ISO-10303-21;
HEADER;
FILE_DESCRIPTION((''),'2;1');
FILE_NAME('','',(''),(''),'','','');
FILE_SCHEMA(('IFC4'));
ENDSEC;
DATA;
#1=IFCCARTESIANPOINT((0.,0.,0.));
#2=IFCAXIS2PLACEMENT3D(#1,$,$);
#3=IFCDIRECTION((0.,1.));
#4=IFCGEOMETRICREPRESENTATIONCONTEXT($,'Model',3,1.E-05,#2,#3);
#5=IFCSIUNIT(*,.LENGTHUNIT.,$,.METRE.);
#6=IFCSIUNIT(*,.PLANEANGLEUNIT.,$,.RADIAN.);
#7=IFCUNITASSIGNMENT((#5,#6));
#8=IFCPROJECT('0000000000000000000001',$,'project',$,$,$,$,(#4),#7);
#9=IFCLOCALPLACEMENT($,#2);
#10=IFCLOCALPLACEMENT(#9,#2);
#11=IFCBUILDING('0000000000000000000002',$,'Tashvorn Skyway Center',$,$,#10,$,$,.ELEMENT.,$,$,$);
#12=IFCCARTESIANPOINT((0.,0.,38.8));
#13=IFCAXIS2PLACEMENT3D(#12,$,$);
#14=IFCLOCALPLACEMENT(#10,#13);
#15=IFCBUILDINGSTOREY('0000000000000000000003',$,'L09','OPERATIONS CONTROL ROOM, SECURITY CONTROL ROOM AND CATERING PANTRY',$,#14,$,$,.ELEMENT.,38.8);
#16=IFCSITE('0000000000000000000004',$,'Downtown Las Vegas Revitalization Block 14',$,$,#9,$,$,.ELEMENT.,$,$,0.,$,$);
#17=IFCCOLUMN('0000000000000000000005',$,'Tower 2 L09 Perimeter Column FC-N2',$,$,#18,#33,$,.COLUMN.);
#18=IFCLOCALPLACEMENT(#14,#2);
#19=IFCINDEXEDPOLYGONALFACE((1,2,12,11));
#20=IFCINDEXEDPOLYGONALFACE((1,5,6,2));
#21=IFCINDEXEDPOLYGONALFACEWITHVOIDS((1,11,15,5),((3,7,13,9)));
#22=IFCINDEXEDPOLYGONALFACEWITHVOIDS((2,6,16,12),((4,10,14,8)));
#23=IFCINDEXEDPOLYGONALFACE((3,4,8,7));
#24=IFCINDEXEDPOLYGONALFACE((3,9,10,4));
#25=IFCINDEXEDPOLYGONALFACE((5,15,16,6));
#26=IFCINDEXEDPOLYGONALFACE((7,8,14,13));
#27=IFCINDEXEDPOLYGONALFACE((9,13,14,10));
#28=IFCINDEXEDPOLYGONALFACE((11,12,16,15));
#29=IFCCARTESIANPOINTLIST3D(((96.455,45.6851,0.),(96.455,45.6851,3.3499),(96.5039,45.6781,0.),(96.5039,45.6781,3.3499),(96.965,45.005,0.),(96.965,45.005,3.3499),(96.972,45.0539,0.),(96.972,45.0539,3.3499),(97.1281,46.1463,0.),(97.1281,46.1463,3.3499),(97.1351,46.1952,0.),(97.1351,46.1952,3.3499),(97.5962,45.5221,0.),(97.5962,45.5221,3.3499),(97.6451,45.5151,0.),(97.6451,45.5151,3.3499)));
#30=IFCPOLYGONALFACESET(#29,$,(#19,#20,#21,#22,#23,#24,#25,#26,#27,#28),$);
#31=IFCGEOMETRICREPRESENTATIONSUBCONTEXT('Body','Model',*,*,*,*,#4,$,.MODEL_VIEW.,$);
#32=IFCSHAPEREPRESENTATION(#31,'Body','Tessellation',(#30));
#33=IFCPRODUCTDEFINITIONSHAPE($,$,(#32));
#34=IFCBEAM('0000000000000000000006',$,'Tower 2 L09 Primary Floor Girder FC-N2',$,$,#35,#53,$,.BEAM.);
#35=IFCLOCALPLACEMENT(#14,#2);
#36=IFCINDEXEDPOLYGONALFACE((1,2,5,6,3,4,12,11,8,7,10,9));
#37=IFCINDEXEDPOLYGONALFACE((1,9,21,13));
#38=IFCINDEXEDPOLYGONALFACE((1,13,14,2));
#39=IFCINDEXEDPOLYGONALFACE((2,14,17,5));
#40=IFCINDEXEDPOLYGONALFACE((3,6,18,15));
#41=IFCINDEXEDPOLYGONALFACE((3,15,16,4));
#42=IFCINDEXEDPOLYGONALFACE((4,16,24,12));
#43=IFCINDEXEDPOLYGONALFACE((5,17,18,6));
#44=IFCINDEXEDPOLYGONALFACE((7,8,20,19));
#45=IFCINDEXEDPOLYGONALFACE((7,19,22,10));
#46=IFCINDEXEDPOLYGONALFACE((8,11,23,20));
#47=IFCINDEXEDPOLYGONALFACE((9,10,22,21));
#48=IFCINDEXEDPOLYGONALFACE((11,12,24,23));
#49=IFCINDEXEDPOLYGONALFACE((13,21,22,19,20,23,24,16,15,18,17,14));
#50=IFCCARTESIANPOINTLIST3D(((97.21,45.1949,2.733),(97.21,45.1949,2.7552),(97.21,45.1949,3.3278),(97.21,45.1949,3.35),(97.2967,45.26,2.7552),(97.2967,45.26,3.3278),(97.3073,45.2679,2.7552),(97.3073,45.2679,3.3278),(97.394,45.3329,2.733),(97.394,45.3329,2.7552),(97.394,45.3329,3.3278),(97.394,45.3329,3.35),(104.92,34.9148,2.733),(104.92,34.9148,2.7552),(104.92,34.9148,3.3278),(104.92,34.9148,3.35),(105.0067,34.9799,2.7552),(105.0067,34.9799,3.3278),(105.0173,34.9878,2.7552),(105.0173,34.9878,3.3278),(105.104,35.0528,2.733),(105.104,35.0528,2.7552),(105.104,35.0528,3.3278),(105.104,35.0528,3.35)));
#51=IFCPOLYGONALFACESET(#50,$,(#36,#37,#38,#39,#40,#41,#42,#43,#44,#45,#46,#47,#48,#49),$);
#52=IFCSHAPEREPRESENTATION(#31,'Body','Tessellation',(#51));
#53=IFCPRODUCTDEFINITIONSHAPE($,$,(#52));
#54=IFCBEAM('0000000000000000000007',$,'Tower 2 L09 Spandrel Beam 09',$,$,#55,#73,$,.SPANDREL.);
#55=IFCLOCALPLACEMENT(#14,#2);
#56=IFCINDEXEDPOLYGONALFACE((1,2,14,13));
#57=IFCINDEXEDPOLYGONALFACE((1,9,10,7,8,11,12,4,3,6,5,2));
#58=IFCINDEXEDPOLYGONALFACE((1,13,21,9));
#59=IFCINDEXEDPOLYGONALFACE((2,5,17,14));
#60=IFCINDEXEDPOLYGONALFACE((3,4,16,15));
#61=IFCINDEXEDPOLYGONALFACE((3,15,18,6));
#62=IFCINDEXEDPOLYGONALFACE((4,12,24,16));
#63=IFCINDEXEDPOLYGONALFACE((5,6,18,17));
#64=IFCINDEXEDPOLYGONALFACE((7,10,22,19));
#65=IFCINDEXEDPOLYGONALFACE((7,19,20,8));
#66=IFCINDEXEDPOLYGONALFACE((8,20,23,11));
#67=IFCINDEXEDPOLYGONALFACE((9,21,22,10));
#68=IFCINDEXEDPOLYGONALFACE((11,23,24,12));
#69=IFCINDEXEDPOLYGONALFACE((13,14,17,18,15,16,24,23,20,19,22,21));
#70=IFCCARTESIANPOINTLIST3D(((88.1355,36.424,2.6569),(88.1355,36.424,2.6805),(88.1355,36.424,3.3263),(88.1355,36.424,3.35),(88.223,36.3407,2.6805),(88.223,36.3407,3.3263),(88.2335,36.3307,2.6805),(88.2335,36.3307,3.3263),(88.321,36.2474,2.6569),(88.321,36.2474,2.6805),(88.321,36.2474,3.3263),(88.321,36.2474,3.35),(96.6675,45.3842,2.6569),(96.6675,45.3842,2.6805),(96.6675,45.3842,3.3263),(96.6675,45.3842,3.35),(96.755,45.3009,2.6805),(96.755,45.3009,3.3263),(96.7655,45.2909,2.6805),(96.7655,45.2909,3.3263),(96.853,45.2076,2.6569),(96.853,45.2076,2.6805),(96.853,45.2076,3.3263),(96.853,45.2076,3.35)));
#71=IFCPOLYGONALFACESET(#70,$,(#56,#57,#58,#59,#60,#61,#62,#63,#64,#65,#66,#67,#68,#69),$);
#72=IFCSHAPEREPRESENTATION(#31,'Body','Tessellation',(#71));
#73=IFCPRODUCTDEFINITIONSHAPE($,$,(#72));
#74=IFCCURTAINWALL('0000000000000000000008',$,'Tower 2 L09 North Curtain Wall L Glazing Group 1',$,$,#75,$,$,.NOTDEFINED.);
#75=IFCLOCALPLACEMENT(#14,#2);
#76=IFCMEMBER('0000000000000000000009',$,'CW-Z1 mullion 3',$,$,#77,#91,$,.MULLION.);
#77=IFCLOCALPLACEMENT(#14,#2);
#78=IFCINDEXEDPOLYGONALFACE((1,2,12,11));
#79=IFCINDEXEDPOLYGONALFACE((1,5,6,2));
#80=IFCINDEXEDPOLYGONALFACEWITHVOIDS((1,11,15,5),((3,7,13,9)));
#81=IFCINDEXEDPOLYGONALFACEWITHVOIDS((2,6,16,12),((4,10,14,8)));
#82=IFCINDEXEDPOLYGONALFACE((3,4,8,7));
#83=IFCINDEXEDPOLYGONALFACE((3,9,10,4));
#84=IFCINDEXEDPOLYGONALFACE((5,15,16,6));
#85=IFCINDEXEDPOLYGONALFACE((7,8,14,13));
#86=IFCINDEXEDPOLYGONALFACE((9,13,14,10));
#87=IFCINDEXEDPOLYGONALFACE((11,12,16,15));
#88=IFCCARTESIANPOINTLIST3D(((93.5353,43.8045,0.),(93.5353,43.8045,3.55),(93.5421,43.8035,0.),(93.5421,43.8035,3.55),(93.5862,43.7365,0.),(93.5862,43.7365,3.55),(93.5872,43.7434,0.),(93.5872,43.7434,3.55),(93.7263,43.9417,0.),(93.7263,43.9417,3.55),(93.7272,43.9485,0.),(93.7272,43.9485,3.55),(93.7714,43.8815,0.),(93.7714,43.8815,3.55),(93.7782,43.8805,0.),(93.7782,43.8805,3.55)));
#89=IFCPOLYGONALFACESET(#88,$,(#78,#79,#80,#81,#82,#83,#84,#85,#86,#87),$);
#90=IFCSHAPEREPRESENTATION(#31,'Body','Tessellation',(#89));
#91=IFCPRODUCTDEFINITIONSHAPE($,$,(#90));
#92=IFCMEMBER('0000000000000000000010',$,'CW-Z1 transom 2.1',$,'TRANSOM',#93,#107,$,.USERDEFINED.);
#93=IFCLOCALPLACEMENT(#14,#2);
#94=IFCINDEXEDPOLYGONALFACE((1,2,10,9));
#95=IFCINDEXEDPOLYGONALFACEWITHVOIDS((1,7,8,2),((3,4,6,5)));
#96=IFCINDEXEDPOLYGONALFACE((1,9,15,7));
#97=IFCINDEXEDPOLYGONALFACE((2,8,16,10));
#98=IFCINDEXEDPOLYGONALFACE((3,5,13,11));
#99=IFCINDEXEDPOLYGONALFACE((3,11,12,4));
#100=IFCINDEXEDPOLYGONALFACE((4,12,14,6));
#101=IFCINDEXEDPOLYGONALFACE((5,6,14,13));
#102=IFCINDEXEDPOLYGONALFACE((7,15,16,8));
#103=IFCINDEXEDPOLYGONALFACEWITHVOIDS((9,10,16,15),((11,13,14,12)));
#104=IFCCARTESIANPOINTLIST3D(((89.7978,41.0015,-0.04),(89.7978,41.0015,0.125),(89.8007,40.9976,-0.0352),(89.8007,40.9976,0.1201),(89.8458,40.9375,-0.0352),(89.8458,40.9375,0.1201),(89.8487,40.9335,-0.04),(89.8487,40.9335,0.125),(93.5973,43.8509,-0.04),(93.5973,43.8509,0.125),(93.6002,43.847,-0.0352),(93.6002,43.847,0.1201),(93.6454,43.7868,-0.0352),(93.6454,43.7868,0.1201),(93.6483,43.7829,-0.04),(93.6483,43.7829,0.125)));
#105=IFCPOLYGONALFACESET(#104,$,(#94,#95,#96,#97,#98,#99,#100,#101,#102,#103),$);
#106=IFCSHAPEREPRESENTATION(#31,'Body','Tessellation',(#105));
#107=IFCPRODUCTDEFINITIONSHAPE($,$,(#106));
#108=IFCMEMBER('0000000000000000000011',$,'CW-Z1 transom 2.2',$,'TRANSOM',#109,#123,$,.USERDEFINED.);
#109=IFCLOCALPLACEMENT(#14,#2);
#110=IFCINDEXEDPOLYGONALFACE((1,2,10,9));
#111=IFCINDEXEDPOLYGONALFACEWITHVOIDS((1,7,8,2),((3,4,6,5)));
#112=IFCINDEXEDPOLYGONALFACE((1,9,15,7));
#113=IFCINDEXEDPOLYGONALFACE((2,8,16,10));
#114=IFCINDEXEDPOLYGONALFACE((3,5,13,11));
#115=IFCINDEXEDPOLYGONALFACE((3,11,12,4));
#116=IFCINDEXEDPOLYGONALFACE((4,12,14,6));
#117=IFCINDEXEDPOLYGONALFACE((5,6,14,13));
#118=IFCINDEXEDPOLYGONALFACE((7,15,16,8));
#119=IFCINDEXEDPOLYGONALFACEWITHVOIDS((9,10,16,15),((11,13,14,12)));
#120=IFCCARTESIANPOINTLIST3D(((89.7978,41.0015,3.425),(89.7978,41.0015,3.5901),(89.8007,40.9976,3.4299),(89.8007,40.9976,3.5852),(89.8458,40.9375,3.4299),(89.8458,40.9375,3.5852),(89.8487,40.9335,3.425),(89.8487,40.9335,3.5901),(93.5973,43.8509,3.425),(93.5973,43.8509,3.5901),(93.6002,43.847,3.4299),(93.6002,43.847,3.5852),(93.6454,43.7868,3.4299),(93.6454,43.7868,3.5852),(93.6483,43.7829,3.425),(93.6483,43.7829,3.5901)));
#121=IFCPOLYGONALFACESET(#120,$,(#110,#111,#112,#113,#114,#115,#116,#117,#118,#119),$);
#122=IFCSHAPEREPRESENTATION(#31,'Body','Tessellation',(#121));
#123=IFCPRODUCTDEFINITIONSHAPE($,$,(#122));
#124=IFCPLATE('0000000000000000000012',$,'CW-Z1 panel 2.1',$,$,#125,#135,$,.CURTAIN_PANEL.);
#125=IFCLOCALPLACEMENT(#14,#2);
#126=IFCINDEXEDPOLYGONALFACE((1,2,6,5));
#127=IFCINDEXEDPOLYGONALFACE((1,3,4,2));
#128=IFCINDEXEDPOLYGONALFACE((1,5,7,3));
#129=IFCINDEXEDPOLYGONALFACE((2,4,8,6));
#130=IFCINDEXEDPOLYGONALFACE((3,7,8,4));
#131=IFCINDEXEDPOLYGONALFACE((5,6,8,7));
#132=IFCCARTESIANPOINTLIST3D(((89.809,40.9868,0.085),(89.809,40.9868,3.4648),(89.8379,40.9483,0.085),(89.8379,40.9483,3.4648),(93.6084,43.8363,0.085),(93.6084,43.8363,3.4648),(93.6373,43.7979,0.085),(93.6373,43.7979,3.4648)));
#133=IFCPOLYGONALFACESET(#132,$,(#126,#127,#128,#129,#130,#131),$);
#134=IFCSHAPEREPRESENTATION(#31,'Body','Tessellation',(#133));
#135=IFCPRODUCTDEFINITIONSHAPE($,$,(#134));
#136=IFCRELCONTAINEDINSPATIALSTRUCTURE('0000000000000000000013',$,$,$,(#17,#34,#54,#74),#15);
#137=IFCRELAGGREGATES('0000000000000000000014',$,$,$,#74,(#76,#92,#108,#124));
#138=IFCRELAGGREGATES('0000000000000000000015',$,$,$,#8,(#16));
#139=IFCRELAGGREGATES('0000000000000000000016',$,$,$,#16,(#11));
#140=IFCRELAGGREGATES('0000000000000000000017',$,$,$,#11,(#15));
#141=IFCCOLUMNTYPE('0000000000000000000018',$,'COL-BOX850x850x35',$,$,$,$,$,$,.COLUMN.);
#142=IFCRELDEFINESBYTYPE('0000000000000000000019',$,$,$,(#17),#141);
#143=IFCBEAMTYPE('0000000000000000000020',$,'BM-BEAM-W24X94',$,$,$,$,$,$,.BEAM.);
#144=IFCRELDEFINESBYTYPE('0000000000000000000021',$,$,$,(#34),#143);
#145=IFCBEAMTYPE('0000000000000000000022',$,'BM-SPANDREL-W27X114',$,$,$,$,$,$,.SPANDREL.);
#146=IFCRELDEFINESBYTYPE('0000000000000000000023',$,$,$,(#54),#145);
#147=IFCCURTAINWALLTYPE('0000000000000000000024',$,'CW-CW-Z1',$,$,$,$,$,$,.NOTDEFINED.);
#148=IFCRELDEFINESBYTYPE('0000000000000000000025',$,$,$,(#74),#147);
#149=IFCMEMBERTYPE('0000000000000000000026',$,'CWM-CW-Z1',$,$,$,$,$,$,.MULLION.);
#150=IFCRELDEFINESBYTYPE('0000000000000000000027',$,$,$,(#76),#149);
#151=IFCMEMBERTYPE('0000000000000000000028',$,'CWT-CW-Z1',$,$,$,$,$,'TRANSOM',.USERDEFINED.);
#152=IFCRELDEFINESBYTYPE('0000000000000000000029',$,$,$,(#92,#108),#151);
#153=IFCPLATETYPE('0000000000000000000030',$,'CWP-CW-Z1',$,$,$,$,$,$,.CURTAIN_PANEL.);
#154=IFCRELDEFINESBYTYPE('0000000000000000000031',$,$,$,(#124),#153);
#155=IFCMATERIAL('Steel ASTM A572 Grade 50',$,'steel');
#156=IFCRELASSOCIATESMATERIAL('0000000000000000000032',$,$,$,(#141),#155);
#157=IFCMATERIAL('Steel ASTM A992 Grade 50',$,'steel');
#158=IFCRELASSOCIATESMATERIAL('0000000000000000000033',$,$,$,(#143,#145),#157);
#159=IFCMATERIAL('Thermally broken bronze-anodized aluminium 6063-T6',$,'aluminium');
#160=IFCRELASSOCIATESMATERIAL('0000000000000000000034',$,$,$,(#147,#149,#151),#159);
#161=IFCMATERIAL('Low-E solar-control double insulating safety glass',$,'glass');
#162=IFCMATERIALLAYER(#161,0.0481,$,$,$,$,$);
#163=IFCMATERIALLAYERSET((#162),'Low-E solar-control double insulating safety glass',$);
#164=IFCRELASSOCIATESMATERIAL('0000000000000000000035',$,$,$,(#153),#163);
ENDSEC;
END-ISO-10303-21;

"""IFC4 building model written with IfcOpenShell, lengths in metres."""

from ifc_helpers import new_model, si_unit, direction, frame, origin, origin_2d, place, context, subcontext, project, spatial, rectangle, hollow_rectangle, i_section, extrude, material, layer, layer_set, material_profile, profile_set, type_object, element, aggregate, save


model = new_model("IFC4")

# Units and contexts
model_context = context("Model", 3, precision=1e-05, world=origin(), true_north=direction((0.0, 1.0)))
body_context = subcontext(model_context, "Body", "Model", "MODEL_VIEW")
ifc_project = project(units=[si_unit("LENGTHUNIT", "METRE"), si_unit("PLANEANGLEUNIT", "RADIAN")], contexts=[model_context])

# Site, building, storey
site_placement = place(None, origin())
site = spatial("IfcSite", under=ifc_project, at=site_placement, Name="Downtown Las Vegas Revitalization Block 14", CompositionType="ELEMENT", RefElevation=0.0)
building_placement = place(site_placement, origin())
building = spatial("IfcBuilding", under=site, at=building_placement, Name="Tashvorn Skyway Center", CompositionType="ELEMENT")
storey_placement = place(building_placement, frame((0.0, 0.0, 38.8)))
storey = spatial("IfcBuildingStorey", under=building, at=storey_placement, Name="L09", Description="OPERATIONS CONTROL ROOM, SECURITY CONTROL ROOM AND CATERING PANTRY", CompositionType="ELEMENT", Elevation=38.8)

# Column
ifc_material_1 = material(Name="Steel ASTM A572 Grade 50", Category="steel")
ifc_material_profile_1 = material_profile(ifc_material_1, hollow_rectangle(XDim=0.8501, YDim=0.8501, WallThickness=0.0349, at=origin_2d()), Name="BOX850x850x35")
ifc_profile_set_1 = profile_set([ifc_material_profile_1], Name="Steel ASTM A572 Grade 50")
column_type = type_object("IfcColumnType", Name="COL-BOX850x850x35", PredefinedType="COLUMN", material=ifc_profile_set_1)
column_placement = place(storey_placement, frame((97.05, 45.6001, 0.0), z_axis=(0.0, 0.0, 1.0), x_axis=(0.8, 0.6, 0.0)))
element("IfcColumn", 1, at=column_placement, inside=storey, type_object=column_type, Name="Tower 2 L09 Perimeter Column FC-N2", PredefinedType="COLUMN", context=body_context, shape_type="SweptSolid", body=[
    extrude(hollow_rectangle(XDim=0.8501, YDim=0.8501, WallThickness=0.0349, at=origin_2d()), origin(), (0.0, 0.0, 1.0), 3.3499),
])

# Beams
ifc_material_2 = material(Name="Steel ASTM A992 Grade 50", Category="steel")
ifc_material_profile_2 = material_profile(ifc_material_2, i_section(OverallWidth=0.23, OverallDepth=0.6169, WebThickness=0.0132, FlangeThickness=0.0222, at=origin_2d()), Name="W24X94")
ifc_profile_set_2 = profile_set([ifc_material_profile_2], Name="Steel ASTM A992 Grade 50")
beam_type_1 = type_object("IfcBeamType", Name="BM-BEAM-W24X94", PredefinedType="BEAM", material=ifc_profile_set_2)
beam_1_placement = place(storey_placement, frame((97.302, 45.2639, 3.0415), z_axis=(0.599997, -0.800002, 0.0), x_axis=(0.800002, 0.599997, 0.0)))
element("IfcBeam", 2, at=beam_1_placement, inside=storey, type_object=beam_type_1, Name="Tower 2 L09 Primary Floor Girder FC-N2", PredefinedType="BEAM", context=body_context, shape_type="SweptSolid", body=[
    extrude(i_section(OverallWidth=0.23, OverallDepth=0.6169, WebThickness=0.0132, FlangeThickness=0.0222, at=origin_2d()), origin(), (0.0, 0.0, 1.0), 12.8501),
])
ifc_material_profile_3 = material_profile(ifc_material_2, i_section(OverallWidth=0.2561, OverallDepth=0.6931, WebThickness=0.0144, FlangeThickness=0.0237, at=origin_2d()), Name="W27X114")
ifc_profile_set_3 = profile_set([ifc_material_profile_3], Name="Steel ASTM A992 Grade 50")
beam_type_2 = type_object("IfcBeamType", Name="BM-SPANDREL-W27X114", PredefinedType="SPANDREL", material=ifc_profile_set_3)
beam_2_placement = place(storey_placement, frame((96.7603, 45.2959, 3.0034), z_axis=(-0.68959, -0.7242, 0.0), x_axis=(0.7242, -0.68959, 0.0)))
element("IfcBeam", 3, at=beam_2_placement, inside=storey, type_object=beam_type_2, Name="Tower 2 L09 Spandrel Beam 09", PredefinedType="SPANDREL", context=body_context, shape_type="SweptSolid", body=[
    extrude(i_section(OverallWidth=0.2561, OverallDepth=0.6931, WebThickness=0.0144, FlangeThickness=0.0237, at=origin_2d()), origin(), (0.0, 0.0, 1.0), 12.3726),
])

# Curtain wall, members, plate
ifc_material_3 = material(Name="Thermally broken bronze-anodized aluminium 6063-T6", Category="aluminium")
curtain_wall_type = type_object("IfcCurtainWallType", Name="CW-CW-Z1", PredefinedType="NOTDEFINED", material=ifc_material_3)
curtain_wall_placement = place(storey_placement, origin())
curtain_wall = element("IfcCurtainWall", 4, at=curtain_wall_placement, inside=storey, type_object=curtain_wall_type, Name="Tower 2 L09 North Curtain Wall L Glazing Group 1", PredefinedType="NOTDEFINED")
ifc_material_profile_4 = material_profile(ifc_material_3, hollow_rectangle(XDim=0.085, YDim=0.24, WallThickness=0.0049, at=origin_2d()), Name="ALU-MULL-85x240")
ifc_profile_set_4 = profile_set([ifc_material_profile_4], Name="Thermally broken bronze-anodized aluminium 6063-T6")
member_type_1 = type_object("IfcMemberType", Name="CWM-CW-Z1", PredefinedType="MULLION", material=ifc_profile_set_4)
member_1_placement = place(storey_placement, frame((93.6567, 43.8425, 0.0), z_axis=(0.0, 0.0, 1.0), x_axis=(-0.599998, 0.800001, 0.0)))
member_1 = element("IfcMember", 5, at=member_1_placement, type_object=member_type_1, Name="CW-Z1 mullion 3", PredefinedType="MULLION", context=body_context, shape_type="SweptSolid", body=[
    extrude(hollow_rectangle(XDim=0.085, YDim=0.24, WallThickness=0.0049, at=origin_2d()), origin(), (0.0, 0.0, 1.0), 3.55),
])
ifc_material_profile_5 = material_profile(ifc_material_3, hollow_rectangle(XDim=0.085, YDim=0.165, WallThickness=0.0049, at=origin_2d()), Name="ALU-TRAN-85x165")
ifc_profile_set_5 = profile_set([ifc_material_profile_5], Name="Thermally broken bronze-anodized aluminium 6063-T6")
member_type_2 = type_object("IfcMemberType", Name="CWT-CW-Z1", ElementType="TRANSOM", PredefinedType="USERDEFINED", material=ifc_profile_set_5)
member_2_placement = place(storey_placement, frame((89.8232, 40.9675, 0.0425), z_axis=(0.800031, 0.599959, 0.0), x_axis=(-0.599959, 0.800031, 0.0)))
member_2 = element("IfcMember", 6, at=member_2_placement, type_object=member_type_2, Name="CW-Z1 transom 2.1", ObjectType="TRANSOM", PredefinedType="USERDEFINED", context=body_context, shape_type="SweptSolid", body=[
    extrude(hollow_rectangle(XDim=0.085, YDim=0.165, WallThickness=0.0049, at=origin_2d()), origin(), (0.0, 0.0, 1.0), 4.7493),
])
member_3_placement = place(storey_placement, frame((89.8232, 40.9675, 3.5076), z_axis=(0.800031, 0.599959, 0.0), x_axis=(-0.599959, 0.800031, 0.0)))
member_3 = element("IfcMember", 7, at=member_3_placement, type_object=member_type_2, Name="CW-Z1 transom 2.2", ObjectType="TRANSOM", PredefinedType="USERDEFINED", context=body_context, shape_type="SweptSolid", body=[
    extrude(hollow_rectangle(XDim=0.085, YDim=0.165, WallThickness=0.0049, at=origin_2d()), origin(), (0.0, 0.0, 1.0), 4.7493),
])
ifc_material_4 = material(Name="Low-E solar-control double insulating safety glass", Category="glass")
ifc_layer_1 = layer(ifc_material_4, 0.0481)
ifc_layer_set_1 = layer_set([ifc_layer_1], Name="Low-E solar-control double insulating safety glass")
plate_type = type_object("IfcPlateType", Name="CWP-CW-Z1", PredefinedType="CURTAIN_PANEL", material=ifc_layer_set_1)
plate_placement = place(storey_placement, frame((91.7231, 42.3923, 0.085), z_axis=(0.0, 0.0, 1.0), x_axis=(0.800001, 0.599998, 0.0)))
plate = element("IfcPlate", 8, at=plate_placement, type_object=plate_type, Name="CW-Z1 panel 2.1", PredefinedType="CURTAIN_PANEL", context=body_context, shape_type="SweptSolid", body=[
    extrude(rectangle(XDim=4.7493, YDim=0.0481, at=origin_2d()), origin(), (0.0, 0.0, 1.0), 3.3799),
])
aggregate(curtain_wall, [member_1, member_2, member_3, plate])

save(model, "model.ifc")
